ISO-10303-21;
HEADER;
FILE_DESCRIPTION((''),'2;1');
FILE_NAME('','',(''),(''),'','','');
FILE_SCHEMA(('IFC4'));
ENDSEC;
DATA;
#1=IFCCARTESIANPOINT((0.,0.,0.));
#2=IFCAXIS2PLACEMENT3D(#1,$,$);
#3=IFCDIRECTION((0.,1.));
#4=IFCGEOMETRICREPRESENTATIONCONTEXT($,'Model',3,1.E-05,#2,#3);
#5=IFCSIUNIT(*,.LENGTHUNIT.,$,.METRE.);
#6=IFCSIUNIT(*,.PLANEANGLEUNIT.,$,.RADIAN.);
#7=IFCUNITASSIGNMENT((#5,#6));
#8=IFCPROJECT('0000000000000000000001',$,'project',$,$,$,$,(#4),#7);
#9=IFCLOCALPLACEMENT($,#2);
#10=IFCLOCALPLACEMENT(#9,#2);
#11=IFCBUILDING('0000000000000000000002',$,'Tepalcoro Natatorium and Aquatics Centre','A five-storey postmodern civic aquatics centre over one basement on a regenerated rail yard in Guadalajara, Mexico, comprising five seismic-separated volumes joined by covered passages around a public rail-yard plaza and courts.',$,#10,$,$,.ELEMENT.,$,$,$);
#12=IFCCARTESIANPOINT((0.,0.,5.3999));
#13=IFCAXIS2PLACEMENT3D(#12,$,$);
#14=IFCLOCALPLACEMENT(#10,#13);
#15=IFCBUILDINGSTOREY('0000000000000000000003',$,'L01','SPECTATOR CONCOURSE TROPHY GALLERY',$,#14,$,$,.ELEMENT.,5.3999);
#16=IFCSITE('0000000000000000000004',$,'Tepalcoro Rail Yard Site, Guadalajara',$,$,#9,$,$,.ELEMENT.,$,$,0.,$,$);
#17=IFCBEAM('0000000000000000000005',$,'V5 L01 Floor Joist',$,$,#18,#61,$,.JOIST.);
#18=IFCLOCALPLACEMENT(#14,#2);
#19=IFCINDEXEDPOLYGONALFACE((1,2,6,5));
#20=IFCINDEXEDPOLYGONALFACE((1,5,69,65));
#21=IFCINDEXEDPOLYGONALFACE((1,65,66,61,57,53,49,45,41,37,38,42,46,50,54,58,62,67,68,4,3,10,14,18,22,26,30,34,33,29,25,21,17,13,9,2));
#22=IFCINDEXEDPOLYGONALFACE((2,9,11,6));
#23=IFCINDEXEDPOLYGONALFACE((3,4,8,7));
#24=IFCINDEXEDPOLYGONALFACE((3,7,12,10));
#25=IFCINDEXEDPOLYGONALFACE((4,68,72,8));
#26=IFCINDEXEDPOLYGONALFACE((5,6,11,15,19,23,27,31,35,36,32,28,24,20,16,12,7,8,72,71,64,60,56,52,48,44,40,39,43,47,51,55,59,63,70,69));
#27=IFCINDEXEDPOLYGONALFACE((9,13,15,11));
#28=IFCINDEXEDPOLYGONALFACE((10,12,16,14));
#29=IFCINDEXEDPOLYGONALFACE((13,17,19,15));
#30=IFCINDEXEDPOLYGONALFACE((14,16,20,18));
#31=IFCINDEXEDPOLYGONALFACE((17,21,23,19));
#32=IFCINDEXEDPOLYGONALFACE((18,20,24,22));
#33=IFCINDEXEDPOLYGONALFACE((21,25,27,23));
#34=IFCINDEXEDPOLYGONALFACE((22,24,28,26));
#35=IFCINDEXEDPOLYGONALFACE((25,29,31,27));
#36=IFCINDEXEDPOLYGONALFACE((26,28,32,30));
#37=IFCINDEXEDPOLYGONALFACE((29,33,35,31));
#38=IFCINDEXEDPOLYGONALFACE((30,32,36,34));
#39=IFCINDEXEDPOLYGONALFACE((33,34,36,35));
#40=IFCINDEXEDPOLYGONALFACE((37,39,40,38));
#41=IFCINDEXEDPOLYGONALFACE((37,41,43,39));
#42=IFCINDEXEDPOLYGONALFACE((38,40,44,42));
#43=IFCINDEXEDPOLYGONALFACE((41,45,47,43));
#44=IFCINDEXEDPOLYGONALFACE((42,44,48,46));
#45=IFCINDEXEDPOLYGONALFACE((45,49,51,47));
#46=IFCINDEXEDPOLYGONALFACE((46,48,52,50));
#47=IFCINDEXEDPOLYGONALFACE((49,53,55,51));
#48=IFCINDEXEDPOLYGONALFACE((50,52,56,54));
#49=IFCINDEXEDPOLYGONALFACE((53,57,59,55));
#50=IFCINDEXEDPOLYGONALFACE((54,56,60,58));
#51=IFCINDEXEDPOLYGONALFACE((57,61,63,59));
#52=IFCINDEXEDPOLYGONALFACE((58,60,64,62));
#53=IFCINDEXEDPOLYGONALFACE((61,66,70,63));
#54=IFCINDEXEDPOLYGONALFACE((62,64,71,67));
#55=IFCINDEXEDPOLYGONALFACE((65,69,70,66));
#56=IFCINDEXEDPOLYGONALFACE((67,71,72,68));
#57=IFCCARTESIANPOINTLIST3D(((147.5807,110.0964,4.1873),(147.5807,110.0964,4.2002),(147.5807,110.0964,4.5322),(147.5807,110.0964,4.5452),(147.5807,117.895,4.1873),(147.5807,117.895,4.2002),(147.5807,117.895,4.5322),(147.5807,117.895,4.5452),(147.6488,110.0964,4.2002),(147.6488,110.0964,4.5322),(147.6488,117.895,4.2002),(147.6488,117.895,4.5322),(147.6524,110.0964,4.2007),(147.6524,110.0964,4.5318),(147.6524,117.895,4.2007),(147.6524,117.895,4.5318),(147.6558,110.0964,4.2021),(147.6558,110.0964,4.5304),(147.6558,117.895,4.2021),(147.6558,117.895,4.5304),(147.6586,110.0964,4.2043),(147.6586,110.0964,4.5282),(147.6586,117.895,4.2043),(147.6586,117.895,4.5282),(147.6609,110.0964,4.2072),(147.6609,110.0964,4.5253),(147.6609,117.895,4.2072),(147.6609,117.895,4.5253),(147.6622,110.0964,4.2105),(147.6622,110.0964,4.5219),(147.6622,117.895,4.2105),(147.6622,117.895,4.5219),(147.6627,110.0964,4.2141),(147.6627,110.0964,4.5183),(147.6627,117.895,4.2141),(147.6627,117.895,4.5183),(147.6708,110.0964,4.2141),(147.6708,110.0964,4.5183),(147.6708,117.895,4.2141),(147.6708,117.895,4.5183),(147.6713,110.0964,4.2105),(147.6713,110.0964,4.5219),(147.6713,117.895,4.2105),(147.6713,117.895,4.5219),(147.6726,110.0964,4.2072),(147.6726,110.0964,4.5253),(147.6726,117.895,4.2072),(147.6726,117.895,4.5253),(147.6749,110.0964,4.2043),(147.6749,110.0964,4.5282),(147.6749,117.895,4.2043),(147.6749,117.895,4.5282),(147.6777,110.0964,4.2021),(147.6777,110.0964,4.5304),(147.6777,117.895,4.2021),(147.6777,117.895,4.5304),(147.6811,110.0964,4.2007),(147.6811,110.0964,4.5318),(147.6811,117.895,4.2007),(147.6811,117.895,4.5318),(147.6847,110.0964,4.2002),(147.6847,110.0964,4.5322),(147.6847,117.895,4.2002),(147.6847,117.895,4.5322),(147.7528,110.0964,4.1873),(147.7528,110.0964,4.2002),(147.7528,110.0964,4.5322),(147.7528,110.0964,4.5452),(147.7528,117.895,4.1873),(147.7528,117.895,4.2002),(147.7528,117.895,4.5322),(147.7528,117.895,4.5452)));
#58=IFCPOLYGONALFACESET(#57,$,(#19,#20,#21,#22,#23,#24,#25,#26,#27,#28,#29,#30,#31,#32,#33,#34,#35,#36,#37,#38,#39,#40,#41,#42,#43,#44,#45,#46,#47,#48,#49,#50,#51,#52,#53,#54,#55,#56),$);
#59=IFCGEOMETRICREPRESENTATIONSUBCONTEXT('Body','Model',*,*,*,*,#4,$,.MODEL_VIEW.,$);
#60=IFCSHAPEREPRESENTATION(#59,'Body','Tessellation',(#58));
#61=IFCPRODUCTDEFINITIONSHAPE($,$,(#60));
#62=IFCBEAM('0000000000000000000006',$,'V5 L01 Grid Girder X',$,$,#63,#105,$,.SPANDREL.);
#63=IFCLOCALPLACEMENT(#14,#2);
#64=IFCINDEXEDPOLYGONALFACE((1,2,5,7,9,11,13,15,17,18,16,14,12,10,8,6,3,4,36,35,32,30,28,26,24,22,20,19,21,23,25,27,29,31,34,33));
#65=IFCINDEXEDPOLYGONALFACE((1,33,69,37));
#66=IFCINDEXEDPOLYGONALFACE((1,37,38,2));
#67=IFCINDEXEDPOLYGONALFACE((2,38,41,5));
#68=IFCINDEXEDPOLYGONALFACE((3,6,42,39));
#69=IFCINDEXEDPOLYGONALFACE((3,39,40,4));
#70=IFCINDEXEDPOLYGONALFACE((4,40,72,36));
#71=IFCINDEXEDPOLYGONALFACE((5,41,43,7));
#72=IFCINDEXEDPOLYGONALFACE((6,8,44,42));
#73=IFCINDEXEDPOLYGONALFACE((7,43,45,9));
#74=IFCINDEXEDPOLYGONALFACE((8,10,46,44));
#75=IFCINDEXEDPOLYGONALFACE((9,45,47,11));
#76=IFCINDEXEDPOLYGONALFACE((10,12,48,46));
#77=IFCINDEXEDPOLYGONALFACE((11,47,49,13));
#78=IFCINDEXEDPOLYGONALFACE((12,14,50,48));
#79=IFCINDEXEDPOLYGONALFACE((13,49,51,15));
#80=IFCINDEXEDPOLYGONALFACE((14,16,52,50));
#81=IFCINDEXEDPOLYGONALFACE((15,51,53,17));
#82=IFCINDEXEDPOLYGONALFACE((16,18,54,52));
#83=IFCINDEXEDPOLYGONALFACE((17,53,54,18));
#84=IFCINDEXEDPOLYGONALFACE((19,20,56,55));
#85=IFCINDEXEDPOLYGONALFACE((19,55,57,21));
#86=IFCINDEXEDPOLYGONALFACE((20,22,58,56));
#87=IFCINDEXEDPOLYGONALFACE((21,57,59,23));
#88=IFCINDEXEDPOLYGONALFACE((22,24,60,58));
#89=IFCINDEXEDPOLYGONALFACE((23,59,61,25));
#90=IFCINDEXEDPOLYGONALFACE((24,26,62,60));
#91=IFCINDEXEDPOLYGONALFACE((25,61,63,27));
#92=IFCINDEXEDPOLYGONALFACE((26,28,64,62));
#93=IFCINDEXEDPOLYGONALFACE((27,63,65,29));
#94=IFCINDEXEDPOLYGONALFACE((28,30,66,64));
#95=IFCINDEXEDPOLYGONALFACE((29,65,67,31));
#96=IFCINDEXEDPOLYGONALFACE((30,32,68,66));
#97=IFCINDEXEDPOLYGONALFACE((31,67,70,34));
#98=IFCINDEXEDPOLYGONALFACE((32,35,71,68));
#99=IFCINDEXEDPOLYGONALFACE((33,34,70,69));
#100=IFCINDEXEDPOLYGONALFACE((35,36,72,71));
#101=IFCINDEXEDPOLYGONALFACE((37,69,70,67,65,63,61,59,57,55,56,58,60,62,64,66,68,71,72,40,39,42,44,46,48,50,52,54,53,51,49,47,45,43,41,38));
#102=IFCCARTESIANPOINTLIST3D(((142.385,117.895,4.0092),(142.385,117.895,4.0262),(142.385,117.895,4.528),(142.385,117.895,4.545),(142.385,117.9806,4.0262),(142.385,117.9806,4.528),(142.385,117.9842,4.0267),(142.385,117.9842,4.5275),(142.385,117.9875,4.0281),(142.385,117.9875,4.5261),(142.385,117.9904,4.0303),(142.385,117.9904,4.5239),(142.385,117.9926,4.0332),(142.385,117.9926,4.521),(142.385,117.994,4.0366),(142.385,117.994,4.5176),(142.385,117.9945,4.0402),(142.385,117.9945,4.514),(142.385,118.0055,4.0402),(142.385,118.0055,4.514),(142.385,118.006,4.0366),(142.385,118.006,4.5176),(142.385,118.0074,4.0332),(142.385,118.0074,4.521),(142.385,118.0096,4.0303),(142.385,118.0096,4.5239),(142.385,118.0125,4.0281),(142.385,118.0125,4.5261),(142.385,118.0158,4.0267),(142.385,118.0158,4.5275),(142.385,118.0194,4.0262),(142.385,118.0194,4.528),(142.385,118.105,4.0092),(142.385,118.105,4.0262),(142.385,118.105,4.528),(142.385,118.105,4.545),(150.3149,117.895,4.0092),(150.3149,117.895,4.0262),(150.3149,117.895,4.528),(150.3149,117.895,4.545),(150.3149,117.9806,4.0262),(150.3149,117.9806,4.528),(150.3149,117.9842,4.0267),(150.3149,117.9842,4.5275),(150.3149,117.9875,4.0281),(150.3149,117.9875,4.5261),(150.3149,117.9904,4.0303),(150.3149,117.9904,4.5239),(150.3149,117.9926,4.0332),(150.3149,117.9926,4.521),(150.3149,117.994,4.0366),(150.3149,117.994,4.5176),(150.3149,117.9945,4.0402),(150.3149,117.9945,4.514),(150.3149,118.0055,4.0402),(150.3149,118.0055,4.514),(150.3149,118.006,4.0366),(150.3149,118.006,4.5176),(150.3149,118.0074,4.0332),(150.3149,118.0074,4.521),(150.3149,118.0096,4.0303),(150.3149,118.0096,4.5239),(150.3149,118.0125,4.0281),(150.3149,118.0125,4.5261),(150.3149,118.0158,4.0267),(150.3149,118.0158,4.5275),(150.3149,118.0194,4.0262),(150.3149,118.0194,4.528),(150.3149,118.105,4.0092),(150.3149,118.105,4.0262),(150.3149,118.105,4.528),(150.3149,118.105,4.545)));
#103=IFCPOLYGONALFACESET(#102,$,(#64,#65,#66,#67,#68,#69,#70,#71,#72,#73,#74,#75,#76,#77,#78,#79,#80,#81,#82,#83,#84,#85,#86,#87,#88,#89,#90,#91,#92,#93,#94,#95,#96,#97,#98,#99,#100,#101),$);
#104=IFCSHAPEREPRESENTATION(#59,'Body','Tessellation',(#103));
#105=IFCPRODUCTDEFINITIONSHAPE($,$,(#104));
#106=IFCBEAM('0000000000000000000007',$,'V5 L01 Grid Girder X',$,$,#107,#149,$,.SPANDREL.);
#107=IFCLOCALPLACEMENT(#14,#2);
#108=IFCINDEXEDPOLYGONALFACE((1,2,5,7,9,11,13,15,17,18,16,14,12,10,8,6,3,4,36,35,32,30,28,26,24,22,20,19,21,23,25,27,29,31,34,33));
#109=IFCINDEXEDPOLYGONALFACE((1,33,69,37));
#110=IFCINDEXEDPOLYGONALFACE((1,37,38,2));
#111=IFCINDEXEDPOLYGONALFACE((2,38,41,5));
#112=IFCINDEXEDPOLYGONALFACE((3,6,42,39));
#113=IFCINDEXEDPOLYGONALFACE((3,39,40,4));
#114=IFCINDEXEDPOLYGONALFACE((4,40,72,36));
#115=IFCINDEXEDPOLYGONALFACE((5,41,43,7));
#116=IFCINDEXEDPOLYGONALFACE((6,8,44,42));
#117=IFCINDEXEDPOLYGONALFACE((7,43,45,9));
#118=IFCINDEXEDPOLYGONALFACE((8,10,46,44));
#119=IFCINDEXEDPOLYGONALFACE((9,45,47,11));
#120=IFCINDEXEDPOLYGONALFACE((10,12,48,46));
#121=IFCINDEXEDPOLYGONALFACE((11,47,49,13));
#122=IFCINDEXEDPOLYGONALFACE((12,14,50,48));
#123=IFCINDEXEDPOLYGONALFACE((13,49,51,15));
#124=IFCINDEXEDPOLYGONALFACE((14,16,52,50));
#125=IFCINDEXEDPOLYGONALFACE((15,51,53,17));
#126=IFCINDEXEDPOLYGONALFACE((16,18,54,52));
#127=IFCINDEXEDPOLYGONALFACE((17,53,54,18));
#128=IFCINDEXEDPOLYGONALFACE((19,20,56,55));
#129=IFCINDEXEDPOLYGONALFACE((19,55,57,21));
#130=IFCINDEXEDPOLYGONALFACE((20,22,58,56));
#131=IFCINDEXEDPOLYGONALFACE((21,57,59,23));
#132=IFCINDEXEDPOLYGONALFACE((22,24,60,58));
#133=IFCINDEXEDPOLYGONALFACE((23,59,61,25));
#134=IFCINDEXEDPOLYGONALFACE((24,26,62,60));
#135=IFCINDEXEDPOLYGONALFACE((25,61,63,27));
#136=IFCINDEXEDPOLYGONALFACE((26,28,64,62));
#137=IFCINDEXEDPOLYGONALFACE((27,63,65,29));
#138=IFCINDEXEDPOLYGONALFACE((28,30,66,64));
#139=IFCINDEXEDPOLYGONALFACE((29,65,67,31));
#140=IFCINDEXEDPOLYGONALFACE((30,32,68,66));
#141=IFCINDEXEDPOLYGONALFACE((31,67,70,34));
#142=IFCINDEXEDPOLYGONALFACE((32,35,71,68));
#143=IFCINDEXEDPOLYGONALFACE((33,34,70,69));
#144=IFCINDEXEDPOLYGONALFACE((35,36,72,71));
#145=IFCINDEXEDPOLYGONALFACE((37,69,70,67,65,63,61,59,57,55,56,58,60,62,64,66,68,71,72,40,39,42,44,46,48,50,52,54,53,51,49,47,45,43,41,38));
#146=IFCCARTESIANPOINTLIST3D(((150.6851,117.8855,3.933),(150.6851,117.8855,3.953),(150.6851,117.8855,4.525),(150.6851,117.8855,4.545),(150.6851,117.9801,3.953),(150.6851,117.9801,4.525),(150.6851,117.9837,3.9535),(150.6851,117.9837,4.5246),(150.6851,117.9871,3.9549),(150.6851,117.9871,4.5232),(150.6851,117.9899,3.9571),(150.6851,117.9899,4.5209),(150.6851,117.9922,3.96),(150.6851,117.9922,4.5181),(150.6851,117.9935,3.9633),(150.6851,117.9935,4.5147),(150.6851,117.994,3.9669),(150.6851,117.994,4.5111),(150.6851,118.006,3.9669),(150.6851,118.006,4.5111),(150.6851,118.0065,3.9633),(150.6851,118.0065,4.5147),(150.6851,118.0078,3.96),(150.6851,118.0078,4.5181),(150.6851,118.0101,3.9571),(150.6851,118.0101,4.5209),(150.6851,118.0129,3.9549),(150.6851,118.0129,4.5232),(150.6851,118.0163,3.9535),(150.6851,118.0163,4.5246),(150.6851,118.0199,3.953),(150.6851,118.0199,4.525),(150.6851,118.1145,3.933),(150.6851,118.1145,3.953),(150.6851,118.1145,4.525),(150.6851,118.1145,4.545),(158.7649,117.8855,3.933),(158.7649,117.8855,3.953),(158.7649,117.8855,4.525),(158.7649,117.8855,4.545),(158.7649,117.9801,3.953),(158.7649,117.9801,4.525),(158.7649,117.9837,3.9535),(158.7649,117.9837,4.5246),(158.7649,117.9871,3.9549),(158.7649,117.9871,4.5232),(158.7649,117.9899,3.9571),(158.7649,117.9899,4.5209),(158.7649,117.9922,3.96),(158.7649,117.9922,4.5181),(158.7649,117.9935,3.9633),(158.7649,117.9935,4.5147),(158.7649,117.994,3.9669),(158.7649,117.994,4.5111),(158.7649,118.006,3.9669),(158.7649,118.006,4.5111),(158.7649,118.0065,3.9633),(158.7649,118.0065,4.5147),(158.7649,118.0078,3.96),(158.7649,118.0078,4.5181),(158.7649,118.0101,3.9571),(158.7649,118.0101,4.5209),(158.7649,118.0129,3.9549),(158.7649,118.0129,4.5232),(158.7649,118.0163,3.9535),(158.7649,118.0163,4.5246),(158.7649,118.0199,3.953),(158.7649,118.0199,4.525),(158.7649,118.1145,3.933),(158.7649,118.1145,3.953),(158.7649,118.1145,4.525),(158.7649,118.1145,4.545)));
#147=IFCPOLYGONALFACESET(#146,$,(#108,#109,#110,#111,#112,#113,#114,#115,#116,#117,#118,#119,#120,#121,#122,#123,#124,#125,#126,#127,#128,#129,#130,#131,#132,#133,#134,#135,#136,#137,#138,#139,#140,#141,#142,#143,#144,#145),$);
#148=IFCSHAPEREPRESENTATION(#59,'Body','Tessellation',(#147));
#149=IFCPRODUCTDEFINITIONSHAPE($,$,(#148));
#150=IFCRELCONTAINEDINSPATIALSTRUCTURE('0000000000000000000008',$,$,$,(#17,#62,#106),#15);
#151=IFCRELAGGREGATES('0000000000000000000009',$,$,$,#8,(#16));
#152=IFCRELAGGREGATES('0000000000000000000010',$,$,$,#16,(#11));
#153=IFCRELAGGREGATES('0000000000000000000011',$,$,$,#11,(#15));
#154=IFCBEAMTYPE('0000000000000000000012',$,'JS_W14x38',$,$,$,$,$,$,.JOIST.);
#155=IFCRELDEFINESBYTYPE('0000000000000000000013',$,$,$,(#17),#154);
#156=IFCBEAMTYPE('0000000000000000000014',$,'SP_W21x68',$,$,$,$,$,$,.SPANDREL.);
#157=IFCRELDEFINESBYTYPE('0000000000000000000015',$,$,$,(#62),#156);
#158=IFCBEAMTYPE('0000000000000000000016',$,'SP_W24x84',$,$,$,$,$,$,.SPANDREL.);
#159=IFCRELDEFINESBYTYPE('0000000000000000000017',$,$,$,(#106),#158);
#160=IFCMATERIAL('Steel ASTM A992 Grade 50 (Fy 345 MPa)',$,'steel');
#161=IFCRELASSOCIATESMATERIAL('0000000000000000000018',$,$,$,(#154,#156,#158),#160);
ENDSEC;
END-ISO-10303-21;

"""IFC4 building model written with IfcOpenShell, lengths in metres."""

from ifc_helpers import new_model, si_unit, direction, frame, origin, origin_2d, place, context, subcontext, project, spatial, i_section, extrude, material, material_profile, profile_set, type_object, element, save


model = new_model("IFC4")

# Units and contexts
model_context = context("Model", 3, precision=1e-05, world=origin(), true_north=direction((0.0, 1.0)))
body_context = subcontext(model_context, "Body", "Model", "MODEL_VIEW")
ifc_project = project(units=[si_unit("LENGTHUNIT", "METRE"), si_unit("PLANEANGLEUNIT", "RADIAN")], contexts=[model_context])

# Site, building, storey
site_placement = place(None, origin())
site = spatial("IfcSite", under=ifc_project, at=site_placement, Name="Tepalcoro Rail Yard Site, Guadalajara", CompositionType="ELEMENT", RefElevation=0.0)
building_placement = place(site_placement, origin())
building = spatial("IfcBuilding", under=site, at=building_placement, Name="Tepalcoro Natatorium and Aquatics Centre", Description="A five-storey postmodern civic aquatics centre over one basement on a regenerated rail yard in Guadalajara, Mexico, comprising five seismic-separated volumes joined by covered passages around a public rail-yard plaza and courts.", CompositionType="ELEMENT")
storey_placement = place(building_placement, frame((0.0, 0.0, 5.3999)))
storey = spatial("IfcBuildingStorey", under=building, at=storey_placement, Name="L01", Description="SPECTATOR CONCOURSE TROPHY GALLERY", CompositionType="ELEMENT", Elevation=5.3999)

# Beams
ifc_material_1 = material(Name="Steel ASTM A992 Grade 50 (Fy 345 MPa)", Category="steel")
ifc_material_profile_1 = material_profile(ifc_material_1, i_section(OverallWidth=0.1721, OverallDepth=0.3579, WebThickness=0.0081, FlangeThickness=0.0129, FilletRadius=0.0139, at=origin_2d()), Name="W14X38")
ifc_profile_set_1 = profile_set([ifc_material_profile_1], Name="Steel ASTM A992 Grade 50 (Fy 345 MPa)")
beam_type_1 = type_object("IfcBeamType", Name="JS_W14x38", PredefinedType="JOIST", material=ifc_profile_set_1)
beam_1_placement = place(storey_placement, frame((147.6667, 110.0964, 4.3662), z_axis=(0.0, 1.0, 0.0), x_axis=(-1.0, 0.0, 0.0)))
element("IfcBeam", 1, at=beam_1_placement, inside=storey, type_object=beam_type_1, Name="V5 L01 Floor Joist", PredefinedType="JOIST", context=body_context, shape_type="SweptSolid", body=[
    extrude(i_section(OverallWidth=0.1721, OverallDepth=0.3579, WebThickness=0.0081, FlangeThickness=0.0129, FilletRadius=0.0139, at=origin_2d()), origin(), (0.0, 0.0, 1.0), 7.7986),
])
ifc_material_profile_2 = material_profile(ifc_material_1, i_section(OverallWidth=0.21, OverallDepth=0.5359, WebThickness=0.011, FlangeThickness=0.0171, FilletRadius=0.0139, at=origin_2d()), Name="W21X68")
ifc_profile_set_2 = profile_set([ifc_material_profile_2], Name="Steel ASTM A992 Grade 50 (Fy 345 MPa)")
beam_type_2 = type_object("IfcBeamType", Name="SP_W21x68", PredefinedType="SPANDREL", material=ifc_profile_set_2)
beam_2_placement = place(storey_placement, frame((142.385, 118.0, 4.2771), z_axis=(1.0, 0.0, 0.0), x_axis=(0.0, 1.0, 0.0)))
element("IfcBeam", 2, at=beam_2_placement, inside=storey, type_object=beam_type_2, Name="V5 L01 Grid Girder X", PredefinedType="SPANDREL", context=body_context, shape_type="SweptSolid", body=[
    extrude(i_section(OverallWidth=0.21, OverallDepth=0.5359, WebThickness=0.011, FlangeThickness=0.0171, FilletRadius=0.0139, at=origin_2d()), origin(), (0.0, 0.0, 1.0), 7.9299),
])
ifc_material_profile_3 = material_profile(ifc_material_1, i_section(OverallWidth=0.229, OverallDepth=0.6121, WebThickness=0.012, FlangeThickness=0.02, FilletRadius=0.0139, at=origin_2d()), Name="W24X84")
ifc_profile_set_3 = profile_set([ifc_material_profile_3], Name="Steel ASTM A992 Grade 50 (Fy 345 MPa)")
beam_type_3 = type_object("IfcBeamType", Name="SP_W24x84", PredefinedType="SPANDREL", material=ifc_profile_set_3)
beam_3_placement = place(storey_placement, frame((150.6851, 118.0, 4.239), z_axis=(1.0, 0.0, 0.0), x_axis=(0.0, 1.0, 0.0)))
element("IfcBeam", 3, at=beam_3_placement, inside=storey, type_object=beam_type_3, Name="V5 L01 Grid Girder X", PredefinedType="SPANDREL", context=body_context, shape_type="SweptSolid", body=[
    extrude(i_section(OverallWidth=0.229, OverallDepth=0.6121, WebThickness=0.012, FlangeThickness=0.02, FilletRadius=0.0139, at=origin_2d()), origin(), (0.0, 0.0, 1.0), 8.0798),
])

save(model, "model.ifc")
